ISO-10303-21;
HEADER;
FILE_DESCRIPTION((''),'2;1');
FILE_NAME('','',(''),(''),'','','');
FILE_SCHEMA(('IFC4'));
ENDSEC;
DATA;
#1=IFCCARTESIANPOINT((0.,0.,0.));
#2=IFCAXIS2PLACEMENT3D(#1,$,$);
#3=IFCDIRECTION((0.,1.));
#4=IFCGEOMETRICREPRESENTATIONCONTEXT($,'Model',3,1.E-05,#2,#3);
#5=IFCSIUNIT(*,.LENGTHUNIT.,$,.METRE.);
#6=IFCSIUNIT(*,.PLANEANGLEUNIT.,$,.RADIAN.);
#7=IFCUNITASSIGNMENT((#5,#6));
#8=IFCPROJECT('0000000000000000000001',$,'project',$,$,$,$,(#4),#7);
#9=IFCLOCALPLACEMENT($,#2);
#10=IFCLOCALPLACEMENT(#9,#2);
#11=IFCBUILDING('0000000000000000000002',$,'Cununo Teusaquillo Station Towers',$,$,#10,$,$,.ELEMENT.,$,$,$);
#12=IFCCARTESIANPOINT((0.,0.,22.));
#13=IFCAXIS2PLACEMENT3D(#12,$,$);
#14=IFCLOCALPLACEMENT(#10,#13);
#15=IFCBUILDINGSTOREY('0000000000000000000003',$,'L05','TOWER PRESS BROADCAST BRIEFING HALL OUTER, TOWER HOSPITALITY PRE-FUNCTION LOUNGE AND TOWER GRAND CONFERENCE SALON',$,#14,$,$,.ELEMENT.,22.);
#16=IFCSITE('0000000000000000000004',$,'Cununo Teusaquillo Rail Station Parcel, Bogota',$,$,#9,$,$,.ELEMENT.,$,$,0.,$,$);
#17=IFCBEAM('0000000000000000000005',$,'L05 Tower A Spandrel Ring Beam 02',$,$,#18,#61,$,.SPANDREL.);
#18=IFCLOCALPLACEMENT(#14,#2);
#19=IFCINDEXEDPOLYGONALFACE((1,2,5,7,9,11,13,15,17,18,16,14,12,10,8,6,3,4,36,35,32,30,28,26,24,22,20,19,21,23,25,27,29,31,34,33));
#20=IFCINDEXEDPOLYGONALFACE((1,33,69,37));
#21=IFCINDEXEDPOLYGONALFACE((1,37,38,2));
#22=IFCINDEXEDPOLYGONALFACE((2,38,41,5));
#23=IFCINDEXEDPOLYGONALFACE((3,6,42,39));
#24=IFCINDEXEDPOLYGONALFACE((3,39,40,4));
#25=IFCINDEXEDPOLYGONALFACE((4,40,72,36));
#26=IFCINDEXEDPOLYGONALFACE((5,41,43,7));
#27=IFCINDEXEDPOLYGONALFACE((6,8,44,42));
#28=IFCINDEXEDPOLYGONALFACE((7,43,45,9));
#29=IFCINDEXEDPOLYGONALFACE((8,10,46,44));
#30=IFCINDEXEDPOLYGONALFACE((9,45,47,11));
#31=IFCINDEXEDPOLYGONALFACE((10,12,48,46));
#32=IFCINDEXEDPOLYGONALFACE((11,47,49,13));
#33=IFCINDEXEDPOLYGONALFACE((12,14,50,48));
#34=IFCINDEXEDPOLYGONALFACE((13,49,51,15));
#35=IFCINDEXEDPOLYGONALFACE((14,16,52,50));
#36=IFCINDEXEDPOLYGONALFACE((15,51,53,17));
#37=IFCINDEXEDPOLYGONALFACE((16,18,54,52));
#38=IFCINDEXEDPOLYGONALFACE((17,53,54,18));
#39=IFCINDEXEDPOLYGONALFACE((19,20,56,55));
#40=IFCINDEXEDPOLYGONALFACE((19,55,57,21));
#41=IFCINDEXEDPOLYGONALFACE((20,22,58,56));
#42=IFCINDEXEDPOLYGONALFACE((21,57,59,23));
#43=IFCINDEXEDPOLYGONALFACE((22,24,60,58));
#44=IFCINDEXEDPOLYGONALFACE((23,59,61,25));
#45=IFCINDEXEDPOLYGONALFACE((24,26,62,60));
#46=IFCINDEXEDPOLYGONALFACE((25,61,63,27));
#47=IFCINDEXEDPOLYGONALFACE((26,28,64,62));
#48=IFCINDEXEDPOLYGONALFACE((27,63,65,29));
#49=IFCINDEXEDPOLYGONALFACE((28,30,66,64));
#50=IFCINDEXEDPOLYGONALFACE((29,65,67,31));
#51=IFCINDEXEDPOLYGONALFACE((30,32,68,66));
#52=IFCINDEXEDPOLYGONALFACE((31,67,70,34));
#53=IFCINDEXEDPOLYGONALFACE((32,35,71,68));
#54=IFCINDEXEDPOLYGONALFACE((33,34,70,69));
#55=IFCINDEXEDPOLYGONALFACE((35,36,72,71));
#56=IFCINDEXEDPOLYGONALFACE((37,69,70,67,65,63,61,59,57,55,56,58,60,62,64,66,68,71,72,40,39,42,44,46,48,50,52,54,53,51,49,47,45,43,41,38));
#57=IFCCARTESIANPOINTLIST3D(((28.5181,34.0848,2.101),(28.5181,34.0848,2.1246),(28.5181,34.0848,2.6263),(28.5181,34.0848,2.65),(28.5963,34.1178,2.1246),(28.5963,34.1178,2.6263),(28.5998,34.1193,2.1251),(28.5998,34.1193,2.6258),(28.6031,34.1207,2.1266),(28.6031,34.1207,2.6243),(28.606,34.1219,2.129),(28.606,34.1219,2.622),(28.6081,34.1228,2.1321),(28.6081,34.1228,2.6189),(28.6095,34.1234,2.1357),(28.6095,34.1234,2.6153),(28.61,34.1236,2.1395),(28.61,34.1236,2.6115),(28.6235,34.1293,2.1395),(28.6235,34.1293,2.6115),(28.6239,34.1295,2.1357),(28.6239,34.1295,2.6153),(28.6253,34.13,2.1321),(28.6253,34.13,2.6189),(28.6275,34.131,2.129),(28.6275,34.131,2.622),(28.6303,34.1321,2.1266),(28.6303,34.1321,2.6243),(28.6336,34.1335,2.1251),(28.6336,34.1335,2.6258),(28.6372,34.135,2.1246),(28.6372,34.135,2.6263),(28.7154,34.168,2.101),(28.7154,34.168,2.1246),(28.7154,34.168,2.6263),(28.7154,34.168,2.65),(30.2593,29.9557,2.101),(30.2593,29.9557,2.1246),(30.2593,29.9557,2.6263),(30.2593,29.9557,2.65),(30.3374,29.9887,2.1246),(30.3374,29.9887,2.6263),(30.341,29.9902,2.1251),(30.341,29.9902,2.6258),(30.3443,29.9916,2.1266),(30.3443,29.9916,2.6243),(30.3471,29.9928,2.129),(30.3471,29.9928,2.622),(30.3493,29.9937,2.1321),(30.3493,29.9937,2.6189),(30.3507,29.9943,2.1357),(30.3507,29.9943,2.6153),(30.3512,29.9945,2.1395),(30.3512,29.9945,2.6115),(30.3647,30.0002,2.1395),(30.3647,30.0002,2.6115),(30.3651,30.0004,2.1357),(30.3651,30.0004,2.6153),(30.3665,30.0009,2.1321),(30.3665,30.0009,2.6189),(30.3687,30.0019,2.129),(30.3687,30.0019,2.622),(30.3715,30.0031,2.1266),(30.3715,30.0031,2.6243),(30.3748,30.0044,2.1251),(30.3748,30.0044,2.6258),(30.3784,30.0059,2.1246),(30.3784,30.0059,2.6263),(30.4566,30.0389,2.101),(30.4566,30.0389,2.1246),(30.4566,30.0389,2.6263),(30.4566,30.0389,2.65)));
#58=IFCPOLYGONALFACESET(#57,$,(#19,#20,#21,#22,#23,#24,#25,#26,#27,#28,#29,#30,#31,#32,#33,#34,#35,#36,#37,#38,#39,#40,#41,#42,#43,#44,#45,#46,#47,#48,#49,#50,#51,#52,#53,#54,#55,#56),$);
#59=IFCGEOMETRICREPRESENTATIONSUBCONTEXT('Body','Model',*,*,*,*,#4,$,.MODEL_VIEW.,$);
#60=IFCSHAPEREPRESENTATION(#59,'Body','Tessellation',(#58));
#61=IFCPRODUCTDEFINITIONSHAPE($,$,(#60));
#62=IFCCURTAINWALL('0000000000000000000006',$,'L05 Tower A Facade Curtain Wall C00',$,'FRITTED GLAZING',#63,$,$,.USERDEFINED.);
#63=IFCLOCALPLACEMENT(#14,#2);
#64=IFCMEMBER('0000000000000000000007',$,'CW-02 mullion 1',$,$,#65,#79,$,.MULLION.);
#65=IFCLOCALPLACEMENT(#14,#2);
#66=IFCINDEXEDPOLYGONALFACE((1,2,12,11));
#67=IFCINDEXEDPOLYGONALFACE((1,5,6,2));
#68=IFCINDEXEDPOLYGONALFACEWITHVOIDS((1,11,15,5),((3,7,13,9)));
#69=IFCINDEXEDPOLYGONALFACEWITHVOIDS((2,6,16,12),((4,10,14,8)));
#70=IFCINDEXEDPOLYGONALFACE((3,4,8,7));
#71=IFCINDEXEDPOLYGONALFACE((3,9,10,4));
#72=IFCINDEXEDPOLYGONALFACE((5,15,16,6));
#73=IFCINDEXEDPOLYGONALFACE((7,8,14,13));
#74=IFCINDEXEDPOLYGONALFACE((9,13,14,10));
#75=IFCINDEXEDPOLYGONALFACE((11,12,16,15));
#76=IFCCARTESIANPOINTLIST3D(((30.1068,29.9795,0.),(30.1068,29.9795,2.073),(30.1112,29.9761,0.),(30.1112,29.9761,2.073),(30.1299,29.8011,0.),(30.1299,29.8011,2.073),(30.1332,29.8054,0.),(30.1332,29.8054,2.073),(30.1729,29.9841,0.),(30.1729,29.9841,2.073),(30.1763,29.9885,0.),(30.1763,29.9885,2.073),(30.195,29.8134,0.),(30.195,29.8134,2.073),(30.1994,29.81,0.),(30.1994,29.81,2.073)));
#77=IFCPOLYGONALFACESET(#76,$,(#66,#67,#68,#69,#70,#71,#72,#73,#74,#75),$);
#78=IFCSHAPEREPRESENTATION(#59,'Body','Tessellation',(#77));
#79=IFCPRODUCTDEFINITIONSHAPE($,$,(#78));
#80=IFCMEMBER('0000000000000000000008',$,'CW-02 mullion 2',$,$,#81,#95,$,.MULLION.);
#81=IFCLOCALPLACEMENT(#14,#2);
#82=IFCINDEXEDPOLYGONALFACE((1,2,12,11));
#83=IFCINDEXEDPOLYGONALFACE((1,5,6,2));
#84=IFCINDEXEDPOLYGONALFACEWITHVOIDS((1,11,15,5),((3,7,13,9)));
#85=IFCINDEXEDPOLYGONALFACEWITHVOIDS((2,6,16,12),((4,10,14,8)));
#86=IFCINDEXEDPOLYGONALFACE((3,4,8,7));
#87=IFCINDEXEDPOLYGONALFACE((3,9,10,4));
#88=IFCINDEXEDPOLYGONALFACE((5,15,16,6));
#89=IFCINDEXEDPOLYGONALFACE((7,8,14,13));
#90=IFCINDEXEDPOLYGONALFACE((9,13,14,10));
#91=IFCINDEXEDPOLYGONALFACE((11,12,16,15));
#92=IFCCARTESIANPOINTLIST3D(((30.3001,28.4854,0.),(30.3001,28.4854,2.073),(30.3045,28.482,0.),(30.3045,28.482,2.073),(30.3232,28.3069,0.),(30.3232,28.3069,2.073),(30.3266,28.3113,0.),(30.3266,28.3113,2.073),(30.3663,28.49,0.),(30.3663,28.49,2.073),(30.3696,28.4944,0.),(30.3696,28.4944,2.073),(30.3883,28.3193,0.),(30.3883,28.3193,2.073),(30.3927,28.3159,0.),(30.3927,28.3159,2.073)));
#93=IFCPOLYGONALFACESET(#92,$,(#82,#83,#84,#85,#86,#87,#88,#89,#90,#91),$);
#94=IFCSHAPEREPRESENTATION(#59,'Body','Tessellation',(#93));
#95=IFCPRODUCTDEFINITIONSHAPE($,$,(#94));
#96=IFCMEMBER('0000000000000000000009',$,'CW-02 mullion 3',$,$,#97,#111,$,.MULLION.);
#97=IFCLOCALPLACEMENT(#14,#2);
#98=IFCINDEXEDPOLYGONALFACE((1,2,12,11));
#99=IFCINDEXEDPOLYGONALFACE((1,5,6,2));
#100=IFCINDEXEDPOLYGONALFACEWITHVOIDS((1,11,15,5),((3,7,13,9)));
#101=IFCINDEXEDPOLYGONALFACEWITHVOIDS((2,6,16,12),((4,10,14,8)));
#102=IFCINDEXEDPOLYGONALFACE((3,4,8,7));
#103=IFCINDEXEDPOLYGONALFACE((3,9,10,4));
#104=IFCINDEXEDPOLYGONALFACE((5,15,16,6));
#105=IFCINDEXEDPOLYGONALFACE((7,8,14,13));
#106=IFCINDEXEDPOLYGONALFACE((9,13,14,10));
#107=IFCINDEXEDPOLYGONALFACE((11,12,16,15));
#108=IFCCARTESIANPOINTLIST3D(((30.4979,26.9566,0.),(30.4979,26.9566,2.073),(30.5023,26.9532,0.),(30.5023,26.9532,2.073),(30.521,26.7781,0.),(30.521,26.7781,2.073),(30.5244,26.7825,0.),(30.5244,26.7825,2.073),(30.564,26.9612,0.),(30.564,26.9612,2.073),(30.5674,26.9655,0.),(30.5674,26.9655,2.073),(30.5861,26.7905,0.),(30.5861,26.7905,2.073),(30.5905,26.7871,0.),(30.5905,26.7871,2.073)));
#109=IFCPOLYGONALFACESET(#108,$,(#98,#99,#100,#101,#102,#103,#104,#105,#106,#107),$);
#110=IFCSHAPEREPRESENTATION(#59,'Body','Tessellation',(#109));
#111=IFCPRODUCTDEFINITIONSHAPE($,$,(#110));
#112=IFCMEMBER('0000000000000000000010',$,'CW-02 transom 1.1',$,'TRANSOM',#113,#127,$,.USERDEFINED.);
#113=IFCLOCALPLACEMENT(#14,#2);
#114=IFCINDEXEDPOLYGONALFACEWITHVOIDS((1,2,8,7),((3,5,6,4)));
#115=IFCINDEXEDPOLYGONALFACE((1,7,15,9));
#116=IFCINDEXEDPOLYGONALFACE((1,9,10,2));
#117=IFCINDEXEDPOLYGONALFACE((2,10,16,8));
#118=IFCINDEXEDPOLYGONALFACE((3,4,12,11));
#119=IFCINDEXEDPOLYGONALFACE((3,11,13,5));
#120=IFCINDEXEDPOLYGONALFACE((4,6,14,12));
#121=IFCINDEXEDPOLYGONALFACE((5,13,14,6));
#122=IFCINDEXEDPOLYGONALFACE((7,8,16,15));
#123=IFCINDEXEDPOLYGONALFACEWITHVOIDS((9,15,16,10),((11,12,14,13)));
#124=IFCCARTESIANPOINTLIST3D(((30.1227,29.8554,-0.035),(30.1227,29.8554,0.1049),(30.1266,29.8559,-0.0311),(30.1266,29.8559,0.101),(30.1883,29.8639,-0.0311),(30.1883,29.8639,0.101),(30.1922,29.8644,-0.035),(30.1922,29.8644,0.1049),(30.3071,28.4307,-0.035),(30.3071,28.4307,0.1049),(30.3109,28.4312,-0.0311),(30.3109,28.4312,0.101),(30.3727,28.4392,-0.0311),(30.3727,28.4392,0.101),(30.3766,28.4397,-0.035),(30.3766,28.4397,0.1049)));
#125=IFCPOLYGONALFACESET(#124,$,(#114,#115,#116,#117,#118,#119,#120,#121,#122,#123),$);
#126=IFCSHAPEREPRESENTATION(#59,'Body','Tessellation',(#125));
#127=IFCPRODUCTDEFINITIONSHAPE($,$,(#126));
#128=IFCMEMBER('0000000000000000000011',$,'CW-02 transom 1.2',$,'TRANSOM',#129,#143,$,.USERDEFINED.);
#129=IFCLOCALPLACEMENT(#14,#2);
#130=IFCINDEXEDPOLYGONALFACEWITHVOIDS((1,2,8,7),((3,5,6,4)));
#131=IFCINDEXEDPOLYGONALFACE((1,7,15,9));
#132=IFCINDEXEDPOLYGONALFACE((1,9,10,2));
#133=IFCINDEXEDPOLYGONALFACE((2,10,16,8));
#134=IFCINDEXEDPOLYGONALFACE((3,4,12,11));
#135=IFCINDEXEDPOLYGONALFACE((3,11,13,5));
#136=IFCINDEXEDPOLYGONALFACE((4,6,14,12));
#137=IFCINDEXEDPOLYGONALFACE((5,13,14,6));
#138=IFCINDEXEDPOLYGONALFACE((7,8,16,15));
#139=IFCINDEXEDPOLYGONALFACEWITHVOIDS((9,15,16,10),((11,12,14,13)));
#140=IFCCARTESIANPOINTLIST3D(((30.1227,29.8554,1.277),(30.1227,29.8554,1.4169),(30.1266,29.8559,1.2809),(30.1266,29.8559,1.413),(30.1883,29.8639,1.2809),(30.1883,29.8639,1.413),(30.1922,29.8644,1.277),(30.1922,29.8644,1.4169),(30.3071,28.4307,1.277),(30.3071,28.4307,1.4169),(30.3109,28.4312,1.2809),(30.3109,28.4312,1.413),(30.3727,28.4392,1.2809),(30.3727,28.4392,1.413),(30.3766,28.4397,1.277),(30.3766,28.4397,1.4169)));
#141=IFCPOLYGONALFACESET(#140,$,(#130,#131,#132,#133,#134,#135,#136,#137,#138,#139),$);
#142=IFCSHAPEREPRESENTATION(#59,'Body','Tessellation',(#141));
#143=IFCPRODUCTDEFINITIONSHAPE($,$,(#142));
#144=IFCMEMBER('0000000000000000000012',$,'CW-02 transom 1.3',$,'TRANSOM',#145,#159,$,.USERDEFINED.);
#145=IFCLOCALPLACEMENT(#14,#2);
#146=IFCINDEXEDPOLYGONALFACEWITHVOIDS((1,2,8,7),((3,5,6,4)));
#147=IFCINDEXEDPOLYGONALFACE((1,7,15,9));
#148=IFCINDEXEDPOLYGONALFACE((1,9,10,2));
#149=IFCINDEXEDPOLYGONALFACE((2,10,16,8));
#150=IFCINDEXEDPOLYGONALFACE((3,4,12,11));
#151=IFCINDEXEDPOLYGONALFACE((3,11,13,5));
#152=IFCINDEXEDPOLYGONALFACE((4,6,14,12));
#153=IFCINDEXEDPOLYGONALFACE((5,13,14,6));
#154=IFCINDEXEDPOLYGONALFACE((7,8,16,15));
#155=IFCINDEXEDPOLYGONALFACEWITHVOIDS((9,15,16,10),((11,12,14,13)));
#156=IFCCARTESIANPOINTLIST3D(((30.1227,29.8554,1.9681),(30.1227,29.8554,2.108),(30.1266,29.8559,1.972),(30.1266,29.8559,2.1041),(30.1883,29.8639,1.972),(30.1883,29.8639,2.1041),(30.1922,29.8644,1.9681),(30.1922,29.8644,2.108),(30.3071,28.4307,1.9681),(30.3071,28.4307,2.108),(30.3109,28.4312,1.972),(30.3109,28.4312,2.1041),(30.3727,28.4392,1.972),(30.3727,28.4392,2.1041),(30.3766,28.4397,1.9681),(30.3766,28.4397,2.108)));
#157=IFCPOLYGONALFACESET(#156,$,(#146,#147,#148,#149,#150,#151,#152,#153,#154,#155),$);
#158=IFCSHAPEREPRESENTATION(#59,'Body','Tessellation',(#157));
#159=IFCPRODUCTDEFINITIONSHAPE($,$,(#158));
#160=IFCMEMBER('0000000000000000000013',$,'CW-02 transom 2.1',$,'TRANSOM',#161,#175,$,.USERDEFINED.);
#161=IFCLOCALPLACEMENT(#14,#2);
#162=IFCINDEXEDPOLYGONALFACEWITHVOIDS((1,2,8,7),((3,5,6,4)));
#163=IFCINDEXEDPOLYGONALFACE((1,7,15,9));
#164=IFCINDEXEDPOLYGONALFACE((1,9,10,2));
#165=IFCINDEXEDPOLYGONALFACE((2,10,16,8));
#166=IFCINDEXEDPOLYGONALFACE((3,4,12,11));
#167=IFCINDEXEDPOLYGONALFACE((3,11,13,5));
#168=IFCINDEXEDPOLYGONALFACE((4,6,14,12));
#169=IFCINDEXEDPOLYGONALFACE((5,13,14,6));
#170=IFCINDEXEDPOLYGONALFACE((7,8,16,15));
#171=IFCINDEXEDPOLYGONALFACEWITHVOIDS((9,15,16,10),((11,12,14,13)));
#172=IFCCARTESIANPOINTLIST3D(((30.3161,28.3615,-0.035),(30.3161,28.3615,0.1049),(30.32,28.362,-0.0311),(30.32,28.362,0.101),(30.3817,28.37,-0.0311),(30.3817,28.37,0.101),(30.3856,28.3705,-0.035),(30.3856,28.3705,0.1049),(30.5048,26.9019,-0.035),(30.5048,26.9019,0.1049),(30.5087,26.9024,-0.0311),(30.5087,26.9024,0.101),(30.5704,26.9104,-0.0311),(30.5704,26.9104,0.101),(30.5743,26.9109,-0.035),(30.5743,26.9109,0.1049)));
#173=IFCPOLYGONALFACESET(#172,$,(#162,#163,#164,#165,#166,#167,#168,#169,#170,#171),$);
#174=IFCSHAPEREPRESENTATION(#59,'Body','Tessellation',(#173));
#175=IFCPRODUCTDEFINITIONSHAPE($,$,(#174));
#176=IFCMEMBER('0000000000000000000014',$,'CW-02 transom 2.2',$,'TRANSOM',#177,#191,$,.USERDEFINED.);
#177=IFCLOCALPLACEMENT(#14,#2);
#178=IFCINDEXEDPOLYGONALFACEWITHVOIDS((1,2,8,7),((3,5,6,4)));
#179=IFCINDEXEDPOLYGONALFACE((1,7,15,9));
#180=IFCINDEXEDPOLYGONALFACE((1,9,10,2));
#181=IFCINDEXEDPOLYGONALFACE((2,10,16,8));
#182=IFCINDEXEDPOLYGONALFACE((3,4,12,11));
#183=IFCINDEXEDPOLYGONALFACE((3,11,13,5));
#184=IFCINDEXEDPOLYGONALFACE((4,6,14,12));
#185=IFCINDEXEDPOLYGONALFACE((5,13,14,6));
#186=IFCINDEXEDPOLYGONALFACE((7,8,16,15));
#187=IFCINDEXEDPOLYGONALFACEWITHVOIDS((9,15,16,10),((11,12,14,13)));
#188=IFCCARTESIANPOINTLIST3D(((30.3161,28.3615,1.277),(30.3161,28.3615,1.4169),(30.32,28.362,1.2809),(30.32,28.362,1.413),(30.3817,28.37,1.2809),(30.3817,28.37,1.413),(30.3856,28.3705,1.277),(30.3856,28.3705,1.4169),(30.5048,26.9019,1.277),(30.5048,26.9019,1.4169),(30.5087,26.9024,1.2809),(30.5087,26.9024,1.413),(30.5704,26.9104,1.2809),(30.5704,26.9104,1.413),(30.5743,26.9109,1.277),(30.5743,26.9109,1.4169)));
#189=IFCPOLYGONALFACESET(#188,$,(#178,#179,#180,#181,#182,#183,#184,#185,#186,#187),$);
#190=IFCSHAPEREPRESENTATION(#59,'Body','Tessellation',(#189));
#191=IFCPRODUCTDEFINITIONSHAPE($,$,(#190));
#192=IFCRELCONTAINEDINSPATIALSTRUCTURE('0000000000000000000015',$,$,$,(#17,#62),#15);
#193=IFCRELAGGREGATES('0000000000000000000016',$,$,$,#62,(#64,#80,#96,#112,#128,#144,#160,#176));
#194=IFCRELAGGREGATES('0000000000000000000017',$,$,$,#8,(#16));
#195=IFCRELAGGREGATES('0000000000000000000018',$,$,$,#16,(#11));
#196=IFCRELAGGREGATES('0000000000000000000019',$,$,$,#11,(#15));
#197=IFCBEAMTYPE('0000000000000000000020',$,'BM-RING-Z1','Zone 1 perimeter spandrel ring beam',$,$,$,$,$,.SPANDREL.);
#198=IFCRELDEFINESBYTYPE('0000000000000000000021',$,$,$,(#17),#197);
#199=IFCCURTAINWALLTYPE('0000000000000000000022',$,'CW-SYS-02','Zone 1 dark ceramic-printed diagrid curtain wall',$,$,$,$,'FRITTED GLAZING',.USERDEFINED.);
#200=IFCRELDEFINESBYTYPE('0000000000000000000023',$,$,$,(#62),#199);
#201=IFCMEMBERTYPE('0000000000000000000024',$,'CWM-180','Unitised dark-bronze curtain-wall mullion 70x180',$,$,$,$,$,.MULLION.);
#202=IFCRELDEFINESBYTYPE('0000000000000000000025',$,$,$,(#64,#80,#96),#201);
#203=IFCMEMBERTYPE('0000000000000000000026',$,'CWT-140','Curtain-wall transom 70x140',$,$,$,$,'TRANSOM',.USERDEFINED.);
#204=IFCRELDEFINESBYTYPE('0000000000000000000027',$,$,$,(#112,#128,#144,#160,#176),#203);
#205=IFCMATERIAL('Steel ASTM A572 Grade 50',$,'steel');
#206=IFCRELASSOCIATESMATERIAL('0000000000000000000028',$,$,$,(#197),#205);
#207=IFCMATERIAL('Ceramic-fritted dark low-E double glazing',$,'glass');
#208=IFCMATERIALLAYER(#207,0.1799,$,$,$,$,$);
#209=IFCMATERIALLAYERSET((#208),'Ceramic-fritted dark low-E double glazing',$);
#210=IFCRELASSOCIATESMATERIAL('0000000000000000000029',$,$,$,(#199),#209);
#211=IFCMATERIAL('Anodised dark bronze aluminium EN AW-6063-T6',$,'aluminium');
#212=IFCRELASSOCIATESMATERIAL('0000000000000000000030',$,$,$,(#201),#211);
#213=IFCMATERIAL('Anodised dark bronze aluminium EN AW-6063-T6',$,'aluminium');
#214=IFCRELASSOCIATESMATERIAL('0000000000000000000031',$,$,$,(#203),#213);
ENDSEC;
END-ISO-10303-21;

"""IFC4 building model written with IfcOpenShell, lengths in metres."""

from ifc_helpers import new_model, si_unit, direction, frame, origin, origin_2d, place, context, subcontext, project, spatial, hollow_rectangle, i_section, extrude, material, layer, layer_set, material_profile, profile_set, type_object, element, aggregate, save


model = new_model("IFC4")

# Units and contexts
model_context = context("Model", 3, precision=1e-05, world=origin(), true_north=direction((0.0, 1.0)))
body_context = subcontext(model_context, "Body", "Model", "MODEL_VIEW")
ifc_project = project(units=[si_unit("LENGTHUNIT", "METRE"), si_unit("PLANEANGLEUNIT", "RADIAN")], contexts=[model_context])

# Site, building, storey
site_placement = place(None, origin())
site = spatial("IfcSite", under=ifc_project, at=site_placement, Name="Cununo Teusaquillo Rail Station Parcel, Bogota", CompositionType="ELEMENT", RefElevation=0.0)
building_placement = place(site_placement, origin())
building = spatial("IfcBuilding", under=site, at=building_placement, Name="Cununo Teusaquillo Station Towers", CompositionType="ELEMENT")
storey_placement = place(building_placement, frame((0.0, 0.0, 22.0)))
storey = spatial("IfcBuildingStorey", under=building, at=storey_placement, Name="L05", Description="TOWER PRESS BROADCAST BRIEFING HALL OUTER, TOWER HOSPITALITY PRE-FUNCTION LOUNGE AND TOWER GRAND CONFERENCE SALON", CompositionType="ELEMENT", Elevation=22.0)

# Beam
ifc_material_1 = material(Name="Steel ASTM A572 Grade 50", Category="steel")
ifc_material_profile_1 = material_profile(ifc_material_1, i_section(OverallWidth=0.2141, OverallDepth=0.5491, WebThickness=0.0146, FlangeThickness=0.0237, FilletRadius=0.0149, at=origin_2d()), Name="W21X93")
ifc_profile_set_1 = profile_set([ifc_material_profile_1], Name="Steel ASTM A572 Grade 50")
beam_type_1 = type_object("IfcBeamType", Name="BM-RING-Z1", Description="Zone 1 perimeter spandrel ring beam", PredefinedType="SPANDREL", material=ifc_profile_set_1)
beam_1_placement = place(storey_placement, frame((30.3579, 29.9973, 2.3755), z_axis=(-0.388554, 0.921426, 0.0), x_axis=(-0.921426, -0.388554, 0.0)))
element("IfcBeam", 1, at=beam_1_placement, inside=storey, type_object=beam_type_1, Name="L05 Tower A Spandrel Ring Beam 02", PredefinedType="SPANDREL", context=body_context, shape_type="SweptSolid", body=[
    extrude(i_section(OverallWidth=0.2141, OverallDepth=0.5491, WebThickness=0.0146, FlangeThickness=0.0237, FilletRadius=0.0149, at=origin_2d()), origin(), (0.0, 0.0, 1.0), 4.4812),
])

# Curtain wall, members
ifc_material_2 = material(Name="Ceramic-fritted dark low-E double glazing", Category="glass")
ifc_layer_1 = layer(ifc_material_2, 0.1799)
ifc_layer_set_1 = layer_set([ifc_layer_1], Name="Ceramic-fritted dark low-E double glazing")
curtain_wall_type = type_object("IfcCurtainWallType", Name="CW-SYS-02", Description="Zone 1 dark ceramic-printed diagrid curtain wall", ElementType="FRITTED GLAZING", PredefinedType="USERDEFINED", material=ifc_layer_set_1)
curtain_wall_placement = place(storey_placement, origin())
curtain_wall = element("IfcCurtainWall", 2, at=curtain_wall_placement, inside=storey, type_object=curtain_wall_type, Name="L05 Tower A Facade Curtain Wall C00", ObjectType="FRITTED GLAZING", PredefinedType="USERDEFINED")
ifc_material_3 = material(Name="Anodised dark bronze aluminium EN AW-6063-T6", Category="aluminium")
ifc_material_profile_2 = material_profile(ifc_material_3, hollow_rectangle(XDim=0.0701, YDim=0.1799, WallThickness=0.0039, at=origin_2d()), Name="CW-MULL-70x180")
ifc_profile_set_2 = profile_set([ifc_material_profile_2], Name="Anodised dark bronze aluminium EN AW-6063-T6")
member_type_1 = type_object("IfcMemberType", Name="CWM-180", Description="Unitised dark-bronze curtain-wall mullion 70x180", PredefinedType="MULLION", material=ifc_profile_set_2)
member_1_placement = place(storey_placement, frame((30.1531, 29.8948, 0.0), z_axis=(0.0, 0.0, 1.0), x_axis=(0.991736, 0.128292, 0.0)))
member_1 = element("IfcMember", 3, at=member_1_placement, type_object=member_type_1, Name="CW-02 mullion 1", PredefinedType="MULLION", context=body_context, shape_type="SweptSolid", body=[
    extrude(hollow_rectangle(XDim=0.0701, YDim=0.1799, WallThickness=0.0039, at=origin_2d()), origin(), (0.0, 0.0, 1.0), 2.073),
])
member_2_placement = place(storey_placement, frame((30.3464, 28.4006, 0.0), z_axis=(0.0, 0.0, 1.0), x_axis=(0.991736, 0.128292, 0.0)))
member_2 = element("IfcMember", 4, at=member_2_placement, type_object=member_type_1, Name="CW-02 mullion 2", PredefinedType="MULLION", context=body_context, shape_type="SweptSolid", body=[
    extrude(hollow_rectangle(XDim=0.0701, YDim=0.1799, WallThickness=0.0039, at=origin_2d()), origin(), (0.0, 0.0, 1.0), 2.073),
])
member_3_placement = place(storey_placement, frame((30.5442, 26.8718, 0.0), z_axis=(0.0, 0.0, 1.0), x_axis=(0.991736, 0.128292, 0.0)))
member_3 = element("IfcMember", 5, at=member_3_placement, type_object=member_type_1, Name="CW-02 mullion 3", PredefinedType="MULLION", context=body_context, shape_type="SweptSolid", body=[
    extrude(hollow_rectangle(XDim=0.0701, YDim=0.1799, WallThickness=0.0039, at=origin_2d()), origin(), (0.0, 0.0, 1.0), 2.073),
])
ifc_material_4 = material(Name="Anodised dark bronze aluminium EN AW-6063-T6", Category="aluminium")
ifc_material_profile_3 = material_profile(ifc_material_4, hollow_rectangle(XDim=0.0701, YDim=0.1399, WallThickness=0.0039, at=origin_2d()), Name="CW-TRAN-70x140")
ifc_profile_set_3 = profile_set([ifc_material_profile_3], Name="Anodised dark bronze aluminium EN AW-6063-T6")
member_type_2 = type_object("IfcMemberType", Name="CWT-140", Description="Curtain-wall transom 70x140", ElementType="TRANSOM", PredefinedType="USERDEFINED", material=ifc_profile_set_3)
member_4_placement = place(storey_placement, frame((30.1575, 29.8599, 0.0349), z_axis=(0.128322, -0.991733, 0.0), x_axis=(0.991733, 0.128322, 0.0)))
member_4 = element("IfcMember", 6, at=member_4_placement, type_object=member_type_2, Name="CW-02 transom 1.1", ObjectType="TRANSOM", PredefinedType="USERDEFINED", context=body_context, shape_type="SweptSolid", body=[
    extrude(hollow_rectangle(XDim=0.0701, YDim=0.1399, WallThickness=0.0039, at=origin_2d()), origin(), (0.0, 0.0, 1.0), 1.4365),
])
member_5_placement = place(storey_placement, frame((30.1575, 29.8599, 1.3469), z_axis=(0.128322, -0.991733, 0.0), x_axis=(0.991733, 0.128322, 0.0)))
member_5 = element("IfcMember", 7, at=member_5_placement, type_object=member_type_2, Name="CW-02 transom 1.2", ObjectType="TRANSOM", PredefinedType="USERDEFINED", context=body_context, shape_type="SweptSolid", body=[
    extrude(hollow_rectangle(XDim=0.0701, YDim=0.1399, WallThickness=0.0039, at=origin_2d()), origin(), (0.0, 0.0, 1.0), 1.4365),
])
member_6_placement = place(storey_placement, frame((30.1575, 29.8599, 2.0381), z_axis=(0.128322, -0.991733, 0.0), x_axis=(0.991733, 0.128322, 0.0)))
member_6 = element("IfcMember", 8, at=member_6_placement, type_object=member_type_2, Name="CW-02 transom 1.3", ObjectType="TRANSOM", PredefinedType="USERDEFINED", context=body_context, shape_type="SweptSolid", body=[
    extrude(hollow_rectangle(XDim=0.0701, YDim=0.1399, WallThickness=0.0039, at=origin_2d()), origin(), (0.0, 0.0, 1.0), 1.4365),
])
member_7_placement = place(storey_placement, frame((30.3508, 28.366, 0.0349), z_axis=(0.12824, -0.991743, 0.0), x_axis=(0.991743, 0.12824, 0.0)))
member_7 = element("IfcMember", 9, at=member_7_placement, type_object=member_type_2, Name="CW-02 transom 2.1", ObjectType="TRANSOM", PredefinedType="USERDEFINED", context=body_context, shape_type="SweptSolid", body=[
    extrude(hollow_rectangle(XDim=0.0701, YDim=0.1399, WallThickness=0.0039, at=origin_2d()), origin(), (0.0, 0.0, 1.0), 1.4717),
])
member_8_placement = place(storey_placement, frame((30.3508, 28.366, 1.3469), z_axis=(0.12824, -0.991743, 0.0), x_axis=(0.991743, 0.12824, 0.0)))
member_8 = element("IfcMember", 10, at=member_8_placement, type_object=member_type_2, Name="CW-02 transom 2.2", ObjectType="TRANSOM", PredefinedType="USERDEFINED", context=body_context, shape_type="SweptSolid", body=[
    extrude(hollow_rectangle(XDim=0.0701, YDim=0.1399, WallThickness=0.0039, at=origin_2d()), origin(), (0.0, 0.0, 1.0), 1.4717),
])

aggregate(curtain_wall, [member_1, member_2, member_3, member_4, member_5, member_6, member_7, member_8])

save(model, "model.ifc")
